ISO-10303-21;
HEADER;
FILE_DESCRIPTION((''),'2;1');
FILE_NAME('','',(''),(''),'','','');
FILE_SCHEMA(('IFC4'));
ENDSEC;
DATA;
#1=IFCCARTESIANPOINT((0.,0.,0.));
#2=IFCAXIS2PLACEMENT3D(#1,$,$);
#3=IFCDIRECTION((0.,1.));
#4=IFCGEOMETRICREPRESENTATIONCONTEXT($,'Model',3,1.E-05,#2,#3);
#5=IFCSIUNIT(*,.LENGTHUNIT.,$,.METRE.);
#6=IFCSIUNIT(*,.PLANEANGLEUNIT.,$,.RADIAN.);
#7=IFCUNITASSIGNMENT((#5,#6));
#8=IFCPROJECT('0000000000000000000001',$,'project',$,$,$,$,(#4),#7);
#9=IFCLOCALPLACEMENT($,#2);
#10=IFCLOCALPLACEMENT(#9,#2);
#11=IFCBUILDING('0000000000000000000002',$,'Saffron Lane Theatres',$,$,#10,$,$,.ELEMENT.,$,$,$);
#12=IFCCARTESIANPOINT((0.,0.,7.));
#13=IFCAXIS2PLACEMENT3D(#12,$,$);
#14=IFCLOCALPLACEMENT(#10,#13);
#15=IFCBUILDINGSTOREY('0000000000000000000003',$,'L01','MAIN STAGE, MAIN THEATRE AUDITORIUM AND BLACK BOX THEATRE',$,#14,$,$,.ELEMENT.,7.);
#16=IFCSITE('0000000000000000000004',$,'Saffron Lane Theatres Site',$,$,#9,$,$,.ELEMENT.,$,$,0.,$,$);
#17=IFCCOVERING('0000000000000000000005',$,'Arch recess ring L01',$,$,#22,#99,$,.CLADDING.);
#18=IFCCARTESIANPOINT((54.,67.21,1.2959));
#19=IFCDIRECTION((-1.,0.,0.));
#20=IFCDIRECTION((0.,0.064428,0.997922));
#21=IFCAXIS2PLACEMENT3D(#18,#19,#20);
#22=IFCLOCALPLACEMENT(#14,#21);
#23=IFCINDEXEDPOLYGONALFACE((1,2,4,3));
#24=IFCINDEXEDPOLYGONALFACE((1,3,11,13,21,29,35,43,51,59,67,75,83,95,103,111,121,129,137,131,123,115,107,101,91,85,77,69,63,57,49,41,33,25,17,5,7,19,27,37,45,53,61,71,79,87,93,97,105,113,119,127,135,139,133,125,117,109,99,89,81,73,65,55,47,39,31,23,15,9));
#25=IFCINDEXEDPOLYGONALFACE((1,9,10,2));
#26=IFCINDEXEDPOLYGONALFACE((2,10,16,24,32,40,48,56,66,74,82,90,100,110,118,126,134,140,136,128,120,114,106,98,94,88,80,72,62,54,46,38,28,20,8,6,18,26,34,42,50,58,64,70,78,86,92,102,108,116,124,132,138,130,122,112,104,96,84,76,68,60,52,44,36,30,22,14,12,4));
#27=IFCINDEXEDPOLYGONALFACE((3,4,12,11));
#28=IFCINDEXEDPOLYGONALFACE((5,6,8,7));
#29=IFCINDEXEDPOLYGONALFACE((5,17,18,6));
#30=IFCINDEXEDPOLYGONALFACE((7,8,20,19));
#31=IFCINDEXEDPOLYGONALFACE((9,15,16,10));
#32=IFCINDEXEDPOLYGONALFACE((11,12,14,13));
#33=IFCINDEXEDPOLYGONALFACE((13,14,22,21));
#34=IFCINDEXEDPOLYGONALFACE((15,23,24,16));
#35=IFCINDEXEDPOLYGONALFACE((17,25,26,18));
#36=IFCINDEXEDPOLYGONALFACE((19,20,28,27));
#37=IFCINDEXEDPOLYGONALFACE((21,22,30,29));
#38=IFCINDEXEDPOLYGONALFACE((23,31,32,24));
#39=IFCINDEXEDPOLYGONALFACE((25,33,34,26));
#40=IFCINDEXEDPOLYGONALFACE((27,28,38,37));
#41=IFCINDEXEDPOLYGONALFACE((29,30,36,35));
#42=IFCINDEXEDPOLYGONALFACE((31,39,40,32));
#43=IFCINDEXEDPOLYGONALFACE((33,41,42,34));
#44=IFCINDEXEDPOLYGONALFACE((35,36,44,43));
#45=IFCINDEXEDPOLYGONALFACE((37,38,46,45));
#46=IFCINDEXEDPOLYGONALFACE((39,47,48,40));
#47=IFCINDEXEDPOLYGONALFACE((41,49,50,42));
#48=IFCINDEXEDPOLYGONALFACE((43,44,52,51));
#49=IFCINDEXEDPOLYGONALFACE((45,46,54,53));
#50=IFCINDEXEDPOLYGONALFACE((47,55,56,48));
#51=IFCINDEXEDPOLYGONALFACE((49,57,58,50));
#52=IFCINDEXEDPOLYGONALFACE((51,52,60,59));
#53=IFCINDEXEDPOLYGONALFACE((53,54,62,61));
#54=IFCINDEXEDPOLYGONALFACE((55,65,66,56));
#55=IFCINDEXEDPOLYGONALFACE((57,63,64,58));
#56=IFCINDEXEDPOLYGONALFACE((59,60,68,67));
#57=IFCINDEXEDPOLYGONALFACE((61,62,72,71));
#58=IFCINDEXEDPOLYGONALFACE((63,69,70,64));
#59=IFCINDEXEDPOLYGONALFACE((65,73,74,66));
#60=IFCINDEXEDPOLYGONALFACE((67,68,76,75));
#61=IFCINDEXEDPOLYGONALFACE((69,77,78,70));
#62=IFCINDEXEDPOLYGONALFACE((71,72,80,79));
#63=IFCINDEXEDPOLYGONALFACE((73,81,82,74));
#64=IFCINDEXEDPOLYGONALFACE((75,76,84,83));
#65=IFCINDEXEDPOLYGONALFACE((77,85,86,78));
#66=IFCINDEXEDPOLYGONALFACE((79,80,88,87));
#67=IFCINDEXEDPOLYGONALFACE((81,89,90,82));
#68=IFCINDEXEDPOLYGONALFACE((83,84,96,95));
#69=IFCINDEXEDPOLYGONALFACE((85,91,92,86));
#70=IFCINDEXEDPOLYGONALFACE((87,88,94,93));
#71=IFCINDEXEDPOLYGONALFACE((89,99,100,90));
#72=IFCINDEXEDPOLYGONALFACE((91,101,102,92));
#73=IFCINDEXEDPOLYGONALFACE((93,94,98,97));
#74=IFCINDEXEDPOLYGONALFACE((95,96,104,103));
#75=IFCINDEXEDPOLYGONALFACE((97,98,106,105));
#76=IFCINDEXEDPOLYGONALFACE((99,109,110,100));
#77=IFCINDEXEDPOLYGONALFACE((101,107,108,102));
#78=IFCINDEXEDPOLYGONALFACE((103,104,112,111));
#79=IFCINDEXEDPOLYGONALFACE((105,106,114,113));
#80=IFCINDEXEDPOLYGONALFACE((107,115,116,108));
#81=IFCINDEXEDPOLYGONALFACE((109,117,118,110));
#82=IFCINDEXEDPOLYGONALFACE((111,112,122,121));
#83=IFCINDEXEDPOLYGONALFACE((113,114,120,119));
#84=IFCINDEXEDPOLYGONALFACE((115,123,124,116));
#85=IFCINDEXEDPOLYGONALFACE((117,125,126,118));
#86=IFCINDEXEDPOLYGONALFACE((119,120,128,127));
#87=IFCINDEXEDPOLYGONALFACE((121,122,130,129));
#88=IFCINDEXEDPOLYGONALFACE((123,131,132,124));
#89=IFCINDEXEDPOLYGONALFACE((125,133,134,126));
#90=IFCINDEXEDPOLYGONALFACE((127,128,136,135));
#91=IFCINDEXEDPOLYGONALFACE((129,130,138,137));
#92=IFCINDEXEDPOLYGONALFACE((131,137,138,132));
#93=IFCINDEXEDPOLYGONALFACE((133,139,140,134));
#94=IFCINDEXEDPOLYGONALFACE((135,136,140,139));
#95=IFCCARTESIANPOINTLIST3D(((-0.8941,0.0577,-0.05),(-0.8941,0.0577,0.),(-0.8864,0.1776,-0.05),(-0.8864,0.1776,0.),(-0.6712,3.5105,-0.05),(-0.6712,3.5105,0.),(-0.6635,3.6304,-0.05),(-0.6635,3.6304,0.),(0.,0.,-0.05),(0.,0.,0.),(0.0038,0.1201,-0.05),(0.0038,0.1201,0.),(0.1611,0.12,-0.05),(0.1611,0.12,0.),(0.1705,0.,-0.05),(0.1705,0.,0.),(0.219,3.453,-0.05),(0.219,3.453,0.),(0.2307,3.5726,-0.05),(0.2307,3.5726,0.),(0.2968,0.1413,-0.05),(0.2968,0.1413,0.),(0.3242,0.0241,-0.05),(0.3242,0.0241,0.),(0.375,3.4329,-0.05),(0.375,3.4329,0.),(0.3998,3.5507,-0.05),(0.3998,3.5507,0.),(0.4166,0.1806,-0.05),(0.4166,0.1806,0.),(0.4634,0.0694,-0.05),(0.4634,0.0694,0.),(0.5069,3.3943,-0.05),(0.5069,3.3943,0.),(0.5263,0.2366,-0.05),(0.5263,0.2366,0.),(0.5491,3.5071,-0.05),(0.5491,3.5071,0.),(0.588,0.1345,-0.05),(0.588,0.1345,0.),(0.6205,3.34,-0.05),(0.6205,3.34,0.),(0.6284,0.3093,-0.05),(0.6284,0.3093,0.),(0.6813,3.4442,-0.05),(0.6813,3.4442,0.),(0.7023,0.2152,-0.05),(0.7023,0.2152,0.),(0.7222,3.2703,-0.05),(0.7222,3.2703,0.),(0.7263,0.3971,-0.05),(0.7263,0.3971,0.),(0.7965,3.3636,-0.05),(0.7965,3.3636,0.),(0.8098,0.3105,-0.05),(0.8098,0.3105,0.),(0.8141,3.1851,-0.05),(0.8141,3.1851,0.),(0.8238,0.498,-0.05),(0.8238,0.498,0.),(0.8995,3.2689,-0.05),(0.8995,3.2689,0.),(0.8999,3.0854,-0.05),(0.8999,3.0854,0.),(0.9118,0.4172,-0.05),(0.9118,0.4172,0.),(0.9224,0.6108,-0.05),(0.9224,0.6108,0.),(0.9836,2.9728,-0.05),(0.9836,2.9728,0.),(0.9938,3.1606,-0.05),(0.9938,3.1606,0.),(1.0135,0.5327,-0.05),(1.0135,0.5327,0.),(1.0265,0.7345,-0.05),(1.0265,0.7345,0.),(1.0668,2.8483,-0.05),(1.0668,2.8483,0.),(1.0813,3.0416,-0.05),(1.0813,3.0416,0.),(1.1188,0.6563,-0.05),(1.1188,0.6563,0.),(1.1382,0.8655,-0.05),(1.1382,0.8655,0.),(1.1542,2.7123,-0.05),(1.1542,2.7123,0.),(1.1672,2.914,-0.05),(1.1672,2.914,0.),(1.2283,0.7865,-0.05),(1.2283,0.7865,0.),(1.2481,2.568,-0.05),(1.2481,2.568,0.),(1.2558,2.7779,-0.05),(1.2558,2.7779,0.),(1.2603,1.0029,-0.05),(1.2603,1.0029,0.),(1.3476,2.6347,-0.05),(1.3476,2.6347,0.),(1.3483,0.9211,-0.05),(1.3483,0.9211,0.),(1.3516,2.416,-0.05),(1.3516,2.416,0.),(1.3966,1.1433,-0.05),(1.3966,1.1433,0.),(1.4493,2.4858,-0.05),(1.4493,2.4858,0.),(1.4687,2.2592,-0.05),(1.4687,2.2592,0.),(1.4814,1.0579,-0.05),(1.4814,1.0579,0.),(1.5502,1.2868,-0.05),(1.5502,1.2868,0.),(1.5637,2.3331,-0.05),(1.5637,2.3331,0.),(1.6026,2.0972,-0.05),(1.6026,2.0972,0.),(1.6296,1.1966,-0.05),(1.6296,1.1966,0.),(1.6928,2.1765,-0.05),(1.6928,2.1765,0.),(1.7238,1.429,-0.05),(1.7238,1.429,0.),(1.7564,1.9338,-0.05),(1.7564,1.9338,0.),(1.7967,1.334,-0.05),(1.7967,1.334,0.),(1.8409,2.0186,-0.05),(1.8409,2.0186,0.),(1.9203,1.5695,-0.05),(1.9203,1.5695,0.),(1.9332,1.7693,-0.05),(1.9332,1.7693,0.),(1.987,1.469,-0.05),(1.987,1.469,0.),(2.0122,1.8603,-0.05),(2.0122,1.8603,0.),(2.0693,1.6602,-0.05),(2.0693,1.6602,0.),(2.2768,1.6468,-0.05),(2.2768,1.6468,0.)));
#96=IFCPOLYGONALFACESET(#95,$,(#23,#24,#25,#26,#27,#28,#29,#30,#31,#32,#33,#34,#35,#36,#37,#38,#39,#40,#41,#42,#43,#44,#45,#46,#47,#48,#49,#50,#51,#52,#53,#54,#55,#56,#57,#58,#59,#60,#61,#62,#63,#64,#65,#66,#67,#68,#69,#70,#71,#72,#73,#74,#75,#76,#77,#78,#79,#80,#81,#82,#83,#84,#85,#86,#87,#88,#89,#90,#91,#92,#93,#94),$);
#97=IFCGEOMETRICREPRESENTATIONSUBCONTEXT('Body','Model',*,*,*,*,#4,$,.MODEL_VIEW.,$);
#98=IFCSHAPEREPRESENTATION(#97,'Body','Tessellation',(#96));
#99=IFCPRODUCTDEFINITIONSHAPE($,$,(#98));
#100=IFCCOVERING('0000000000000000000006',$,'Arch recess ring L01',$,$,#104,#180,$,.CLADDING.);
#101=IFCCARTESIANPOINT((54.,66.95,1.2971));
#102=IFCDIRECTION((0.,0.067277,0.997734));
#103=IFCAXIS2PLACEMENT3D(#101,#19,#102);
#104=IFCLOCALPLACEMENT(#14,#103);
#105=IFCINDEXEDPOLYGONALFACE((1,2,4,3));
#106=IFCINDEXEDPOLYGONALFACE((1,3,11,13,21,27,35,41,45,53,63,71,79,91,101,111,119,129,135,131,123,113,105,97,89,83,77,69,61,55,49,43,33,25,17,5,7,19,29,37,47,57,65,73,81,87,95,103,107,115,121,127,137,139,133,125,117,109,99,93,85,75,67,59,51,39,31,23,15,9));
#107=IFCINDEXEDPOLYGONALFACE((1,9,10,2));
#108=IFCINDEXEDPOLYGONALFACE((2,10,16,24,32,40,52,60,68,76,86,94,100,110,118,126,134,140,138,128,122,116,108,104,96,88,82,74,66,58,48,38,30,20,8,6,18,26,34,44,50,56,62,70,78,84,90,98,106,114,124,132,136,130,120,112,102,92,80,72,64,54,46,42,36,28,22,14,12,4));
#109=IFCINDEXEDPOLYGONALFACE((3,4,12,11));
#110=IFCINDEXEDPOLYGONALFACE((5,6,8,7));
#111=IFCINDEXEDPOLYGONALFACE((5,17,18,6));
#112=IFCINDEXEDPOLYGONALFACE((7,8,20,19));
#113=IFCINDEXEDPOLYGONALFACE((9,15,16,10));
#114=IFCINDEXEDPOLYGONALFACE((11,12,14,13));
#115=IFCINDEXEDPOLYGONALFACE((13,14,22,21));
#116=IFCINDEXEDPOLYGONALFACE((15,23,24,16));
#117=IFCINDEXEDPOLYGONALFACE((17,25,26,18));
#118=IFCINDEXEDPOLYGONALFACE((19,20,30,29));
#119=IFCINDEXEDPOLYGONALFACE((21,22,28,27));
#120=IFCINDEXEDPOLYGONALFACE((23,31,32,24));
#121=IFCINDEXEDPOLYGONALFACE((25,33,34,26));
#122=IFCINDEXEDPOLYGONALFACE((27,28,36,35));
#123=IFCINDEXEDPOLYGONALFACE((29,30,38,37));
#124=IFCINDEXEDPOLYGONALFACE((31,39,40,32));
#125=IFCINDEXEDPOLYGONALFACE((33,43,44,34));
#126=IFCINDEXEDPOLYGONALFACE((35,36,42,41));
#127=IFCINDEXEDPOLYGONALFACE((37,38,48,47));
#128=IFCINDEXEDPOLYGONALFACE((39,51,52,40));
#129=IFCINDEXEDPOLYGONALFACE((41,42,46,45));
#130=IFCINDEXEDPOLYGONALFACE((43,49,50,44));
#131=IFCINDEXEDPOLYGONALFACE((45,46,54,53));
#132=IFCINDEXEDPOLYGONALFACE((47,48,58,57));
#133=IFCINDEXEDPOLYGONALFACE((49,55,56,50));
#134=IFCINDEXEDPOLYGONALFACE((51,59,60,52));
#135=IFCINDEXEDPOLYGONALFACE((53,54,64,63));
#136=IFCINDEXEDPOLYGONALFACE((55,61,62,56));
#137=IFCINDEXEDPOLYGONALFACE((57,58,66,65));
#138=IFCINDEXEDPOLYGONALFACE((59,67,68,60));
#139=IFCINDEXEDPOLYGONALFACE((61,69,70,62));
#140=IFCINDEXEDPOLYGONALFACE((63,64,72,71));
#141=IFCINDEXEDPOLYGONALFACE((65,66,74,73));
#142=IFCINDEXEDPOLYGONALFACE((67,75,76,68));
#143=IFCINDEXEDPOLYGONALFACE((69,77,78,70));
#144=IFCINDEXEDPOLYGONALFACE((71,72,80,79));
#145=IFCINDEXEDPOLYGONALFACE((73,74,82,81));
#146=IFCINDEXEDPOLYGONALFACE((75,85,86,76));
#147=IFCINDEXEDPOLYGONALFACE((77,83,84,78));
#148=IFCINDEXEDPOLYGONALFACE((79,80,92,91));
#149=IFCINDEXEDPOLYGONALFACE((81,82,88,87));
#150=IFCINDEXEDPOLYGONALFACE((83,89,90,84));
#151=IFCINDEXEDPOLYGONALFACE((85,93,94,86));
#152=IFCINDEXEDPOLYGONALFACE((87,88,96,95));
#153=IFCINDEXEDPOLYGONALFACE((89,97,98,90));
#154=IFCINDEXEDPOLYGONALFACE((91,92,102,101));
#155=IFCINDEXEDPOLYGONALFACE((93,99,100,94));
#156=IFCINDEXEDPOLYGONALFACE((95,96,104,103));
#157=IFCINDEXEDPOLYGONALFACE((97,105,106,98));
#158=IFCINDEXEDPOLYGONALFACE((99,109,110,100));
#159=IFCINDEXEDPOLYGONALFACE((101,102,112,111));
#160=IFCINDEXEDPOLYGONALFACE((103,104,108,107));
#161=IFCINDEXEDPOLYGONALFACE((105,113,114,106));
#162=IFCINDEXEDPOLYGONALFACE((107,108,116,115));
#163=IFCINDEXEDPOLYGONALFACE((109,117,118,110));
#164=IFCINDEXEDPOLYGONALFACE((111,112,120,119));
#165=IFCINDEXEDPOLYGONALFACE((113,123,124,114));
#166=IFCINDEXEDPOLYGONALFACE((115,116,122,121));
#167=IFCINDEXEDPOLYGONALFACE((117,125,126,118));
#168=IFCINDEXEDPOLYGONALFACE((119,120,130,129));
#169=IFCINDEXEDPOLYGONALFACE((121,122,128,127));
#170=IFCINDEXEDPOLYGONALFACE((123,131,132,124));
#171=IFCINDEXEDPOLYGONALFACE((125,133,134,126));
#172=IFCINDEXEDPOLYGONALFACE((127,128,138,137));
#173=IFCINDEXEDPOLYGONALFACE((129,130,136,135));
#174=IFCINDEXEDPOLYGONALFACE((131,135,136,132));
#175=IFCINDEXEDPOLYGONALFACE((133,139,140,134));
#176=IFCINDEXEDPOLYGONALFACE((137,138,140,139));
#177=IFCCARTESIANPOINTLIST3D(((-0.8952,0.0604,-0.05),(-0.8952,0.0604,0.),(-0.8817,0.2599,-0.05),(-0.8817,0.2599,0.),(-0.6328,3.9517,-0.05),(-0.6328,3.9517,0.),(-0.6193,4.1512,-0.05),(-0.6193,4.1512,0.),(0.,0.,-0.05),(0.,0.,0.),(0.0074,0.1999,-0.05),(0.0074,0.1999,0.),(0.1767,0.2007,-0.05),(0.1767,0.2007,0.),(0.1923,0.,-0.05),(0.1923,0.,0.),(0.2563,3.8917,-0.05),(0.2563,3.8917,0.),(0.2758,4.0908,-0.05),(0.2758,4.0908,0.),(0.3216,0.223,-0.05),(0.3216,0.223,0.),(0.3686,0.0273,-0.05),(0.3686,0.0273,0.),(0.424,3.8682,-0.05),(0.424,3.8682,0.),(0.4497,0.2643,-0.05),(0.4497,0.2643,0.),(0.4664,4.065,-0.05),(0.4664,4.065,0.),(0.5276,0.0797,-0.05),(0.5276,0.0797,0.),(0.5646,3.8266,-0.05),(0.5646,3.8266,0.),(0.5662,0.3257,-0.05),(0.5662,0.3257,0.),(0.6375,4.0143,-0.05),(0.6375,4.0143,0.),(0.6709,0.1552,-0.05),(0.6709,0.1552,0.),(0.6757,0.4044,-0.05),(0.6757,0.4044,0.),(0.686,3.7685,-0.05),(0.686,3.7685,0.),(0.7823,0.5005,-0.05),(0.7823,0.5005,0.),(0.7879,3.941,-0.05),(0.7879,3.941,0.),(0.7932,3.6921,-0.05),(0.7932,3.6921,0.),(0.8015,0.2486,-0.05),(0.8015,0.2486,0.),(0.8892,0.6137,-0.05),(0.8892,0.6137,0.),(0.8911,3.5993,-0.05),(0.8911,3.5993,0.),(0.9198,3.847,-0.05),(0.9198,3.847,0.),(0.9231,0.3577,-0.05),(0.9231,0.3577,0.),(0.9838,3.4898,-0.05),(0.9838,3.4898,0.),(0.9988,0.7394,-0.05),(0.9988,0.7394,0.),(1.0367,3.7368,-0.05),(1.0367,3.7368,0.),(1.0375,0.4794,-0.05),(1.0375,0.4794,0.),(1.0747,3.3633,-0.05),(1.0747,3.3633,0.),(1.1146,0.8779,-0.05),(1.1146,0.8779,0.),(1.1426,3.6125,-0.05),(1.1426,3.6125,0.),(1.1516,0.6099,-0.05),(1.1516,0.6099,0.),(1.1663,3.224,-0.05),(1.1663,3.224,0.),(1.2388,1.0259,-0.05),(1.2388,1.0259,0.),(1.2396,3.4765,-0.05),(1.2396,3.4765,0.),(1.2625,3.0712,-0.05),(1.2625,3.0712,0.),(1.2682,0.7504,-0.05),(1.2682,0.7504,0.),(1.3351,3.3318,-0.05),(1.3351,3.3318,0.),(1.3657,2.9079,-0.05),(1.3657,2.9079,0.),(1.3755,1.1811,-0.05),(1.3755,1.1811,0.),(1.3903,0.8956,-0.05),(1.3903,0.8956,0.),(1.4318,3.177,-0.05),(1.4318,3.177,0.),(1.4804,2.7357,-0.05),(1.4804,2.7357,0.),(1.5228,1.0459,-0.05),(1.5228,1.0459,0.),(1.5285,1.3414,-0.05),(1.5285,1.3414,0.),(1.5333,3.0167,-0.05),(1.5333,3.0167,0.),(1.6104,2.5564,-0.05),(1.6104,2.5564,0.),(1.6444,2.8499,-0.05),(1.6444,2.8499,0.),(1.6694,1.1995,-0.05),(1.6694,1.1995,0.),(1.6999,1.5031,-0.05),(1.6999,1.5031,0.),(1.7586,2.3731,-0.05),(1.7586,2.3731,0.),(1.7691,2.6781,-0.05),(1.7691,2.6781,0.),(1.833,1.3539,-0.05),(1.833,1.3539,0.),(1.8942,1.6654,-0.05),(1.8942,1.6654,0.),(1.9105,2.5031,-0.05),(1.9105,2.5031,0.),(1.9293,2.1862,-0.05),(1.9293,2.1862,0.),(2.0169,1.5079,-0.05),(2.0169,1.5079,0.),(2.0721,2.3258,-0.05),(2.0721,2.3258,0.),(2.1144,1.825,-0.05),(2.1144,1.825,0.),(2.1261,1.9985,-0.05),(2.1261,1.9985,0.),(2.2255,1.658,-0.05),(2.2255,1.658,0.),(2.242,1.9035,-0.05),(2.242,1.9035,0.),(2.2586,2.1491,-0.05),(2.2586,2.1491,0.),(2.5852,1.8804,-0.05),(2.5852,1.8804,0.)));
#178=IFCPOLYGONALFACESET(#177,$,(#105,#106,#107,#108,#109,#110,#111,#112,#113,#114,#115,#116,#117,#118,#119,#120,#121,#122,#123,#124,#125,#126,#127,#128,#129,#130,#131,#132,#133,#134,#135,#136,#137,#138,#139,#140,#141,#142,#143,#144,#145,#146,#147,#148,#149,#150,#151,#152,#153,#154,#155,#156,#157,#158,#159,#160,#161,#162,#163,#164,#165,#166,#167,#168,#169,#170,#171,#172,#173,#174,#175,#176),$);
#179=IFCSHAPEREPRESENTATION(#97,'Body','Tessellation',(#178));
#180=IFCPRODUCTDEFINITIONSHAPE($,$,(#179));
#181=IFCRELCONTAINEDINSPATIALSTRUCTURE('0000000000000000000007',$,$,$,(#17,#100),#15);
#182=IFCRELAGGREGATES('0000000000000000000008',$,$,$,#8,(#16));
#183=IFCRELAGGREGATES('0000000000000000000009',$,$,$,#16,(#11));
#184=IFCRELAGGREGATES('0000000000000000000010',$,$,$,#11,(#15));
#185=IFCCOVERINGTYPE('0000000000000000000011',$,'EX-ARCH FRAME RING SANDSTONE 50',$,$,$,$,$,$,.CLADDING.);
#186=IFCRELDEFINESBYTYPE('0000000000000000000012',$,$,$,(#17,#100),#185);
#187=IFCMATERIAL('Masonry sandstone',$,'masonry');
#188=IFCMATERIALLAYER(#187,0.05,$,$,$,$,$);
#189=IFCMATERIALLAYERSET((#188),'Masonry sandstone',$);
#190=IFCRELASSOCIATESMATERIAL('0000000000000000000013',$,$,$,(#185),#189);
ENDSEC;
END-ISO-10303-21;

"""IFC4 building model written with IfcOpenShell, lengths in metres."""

from ifc_helpers import new_model, si_unit, direction, frame, origin, place, context, subcontext, project, spatial, polyline, outline, extrude, material, layer, layer_set, type_object, element, save


model = new_model("IFC4")

# Units and contexts
model_context = context("Model", 3, precision=1e-05, world=origin(), true_north=direction((0.0, 1.0)))
body_context = subcontext(model_context, "Body", "Model", "MODEL_VIEW")
ifc_project = project(units=[si_unit("LENGTHUNIT", "METRE"), si_unit("PLANEANGLEUNIT", "RADIAN")], contexts=[model_context])

# Site, building, storey
site_placement = place(None, origin())
site = spatial("IfcSite", under=ifc_project, at=site_placement, Name="Saffron Lane Theatres Site", CompositionType="ELEMENT", RefElevation=0.0)
building_placement = place(site_placement, origin())
building = spatial("IfcBuilding", under=site, at=building_placement, Name="Saffron Lane Theatres", CompositionType="ELEMENT")
storey_placement = place(building_placement, frame((0.0, 0.0, 7.0)))
storey = spatial("IfcBuildingStorey", under=building, at=storey_placement, Name="L01", Description="MAIN STAGE, MAIN THEATRE AUDITORIUM AND BLACK BOX THEATRE", CompositionType="ELEMENT", Elevation=7.0)

# Coverings
ifc_material_1 = material(Name="Masonry sandstone", Category="masonry")
ifc_layer_1 = layer(ifc_material_1, 0.05)
ifc_layer_set_1 = layer_set([ifc_layer_1], Name="Masonry sandstone")
covering_type_1 = type_object("IfcCoveringType", Name="EX-ARCH FRAME RING SANDSTONE 50", PredefinedType="CLADDING", material=ifc_layer_set_1)
covering_1_placement = place(storey_placement, frame((54.0, 67.21, 1.2959), z_axis=(-1.0, 0.0, 0.0), x_axis=(0.0, 0.064428, 0.997922)))
element("IfcCovering", 1, at=covering_1_placement, inside=storey, type_object=covering_type_1, Name="Arch recess ring L01", PredefinedType="CLADDING", context=body_context, shape_type="SweptSolid", body=[
    extrude(outline(polyline([(0.0, 0.0), (0.1705, 0.0), (0.3242, 0.0241), (0.4634, 0.0694), (0.588, 0.1345), (0.7023, 0.2152), (0.8098, 0.3105), (0.9118, 0.4172), (1.0135, 0.5327), (1.1188, 0.6563), (1.2283, 0.7865), (1.3483, 0.9211), (1.4814, 1.0579), (1.6296, 1.1966), (1.7967, 1.334), (1.987, 1.469), (2.2768, 1.6468), (2.0122, 1.8603), (1.8409, 2.0186), (1.6928, 2.1765), (1.5637, 2.3331), (1.4493, 2.4858), (1.3476, 2.6347), (1.2558, 2.7779), (1.1672, 2.914), (1.0813, 3.0416), (0.9938, 3.1606), (0.8995, 3.2689), (0.7965, 3.3636), (0.6813, 3.4442), (0.5491, 3.5071), (0.3998, 3.5507), (0.2307, 3.5726), (-0.6635, 3.6304), (-0.6712, 3.5105), (0.219, 3.453), (0.375, 3.4329), (0.5069, 3.3943), (0.6205, 3.34), (0.7222, 3.2703), (0.8141, 3.1851), (0.8999, 3.0854), (0.9836, 2.9728), (1.0668, 2.8483), (1.1542, 2.7123), (1.2481, 2.568), (1.3516, 2.416), (1.4687, 2.2592), (1.6026, 2.0972), (1.7564, 1.9338), (1.9332, 1.7693), (2.0693, 1.6602), (1.9203, 1.5695), (1.7238, 1.429), (1.5502, 1.2868), (1.3966, 1.1433), (1.2603, 1.0029), (1.1382, 0.8655), (1.0265, 0.7345), (0.9224, 0.6108), (0.8238, 0.498), (0.7263, 0.3971), (0.6284, 0.3093), (0.5263, 0.2366), (0.4166, 0.1806), (0.2968, 0.1413), (0.1611, 0.12), (0.0038, 0.1201), (-0.8864, 0.1776), (-0.8941, 0.0577), (0.0, 0.0)])), origin(), (0.0, 0.0, -1.0), 0.05),
])
covering_2_placement = place(storey_placement, frame((54.0, 66.95, 1.2971), z_axis=(-1.0, 0.0, 0.0), x_axis=(0.0, 0.067277, 0.997734)))
element("IfcCovering", 2, at=covering_2_placement, inside=storey, type_object=covering_type_1, Name="Arch recess ring L01", PredefinedType="CLADDING", context=body_context, shape_type="SweptSolid", body=[
    extrude(outline(polyline([(0.0, 0.0), (0.1923, 0.0), (0.3686, 0.0273), (0.5276, 0.0797), (0.6709, 0.1552), (0.8015, 0.2486), (0.9231, 0.3577), (1.0375, 0.4794), (1.1516, 0.6099), (1.2682, 0.7504), (1.3903, 0.8956), (1.5228, 1.0459), (1.6694, 1.1995), (1.833, 1.3539), (2.0169, 1.5079), (2.2255, 1.658), (2.5852, 1.8804), (2.2586, 2.1491), (2.0721, 2.3258), (1.9105, 2.5031), (1.7691, 2.6781), (1.6444, 2.8499), (1.5333, 3.0167), (1.4318, 3.177), (1.3351, 3.3318), (1.2396, 3.4765), (1.1426, 3.6125), (1.0367, 3.7368), (0.9198, 3.847), (0.7879, 3.941), (0.6375, 4.0143), (0.4664, 4.065), (0.2758, 4.0908), (-0.6193, 4.1512), (-0.6328, 3.9517), (0.2563, 3.8917), (0.424, 3.8682), (0.5646, 3.8266), (0.686, 3.7685), (0.7932, 3.6921), (0.8911, 3.5993), (0.9838, 3.4898), (1.0747, 3.3633), (1.1663, 3.224), (1.2625, 3.0712), (1.3657, 2.9079), (1.4804, 2.7357), (1.6104, 2.5564), (1.7586, 2.3731), (1.9293, 2.1862), (2.1261, 1.9985), (2.242, 1.9035), (2.1144, 1.825), (1.8942, 1.6654), (1.6999, 1.5031), (1.5285, 1.3414), (1.3755, 1.1811), (1.2388, 1.0259), (1.1146, 0.8779), (0.9988, 0.7394), (0.8892, 0.6137), (0.7823, 0.5005), (0.6757, 0.4044), (0.5662, 0.3257), (0.4497, 0.2643), (0.3216, 0.223), (0.1767, 0.2007), (0.0074, 0.1999), (-0.8817, 0.2599), (-0.8952, 0.0604), (0.0, 0.0)])), origin(), (0.0, 0.0, -1.0), 0.05),
])

save(model, "model.ifc")
